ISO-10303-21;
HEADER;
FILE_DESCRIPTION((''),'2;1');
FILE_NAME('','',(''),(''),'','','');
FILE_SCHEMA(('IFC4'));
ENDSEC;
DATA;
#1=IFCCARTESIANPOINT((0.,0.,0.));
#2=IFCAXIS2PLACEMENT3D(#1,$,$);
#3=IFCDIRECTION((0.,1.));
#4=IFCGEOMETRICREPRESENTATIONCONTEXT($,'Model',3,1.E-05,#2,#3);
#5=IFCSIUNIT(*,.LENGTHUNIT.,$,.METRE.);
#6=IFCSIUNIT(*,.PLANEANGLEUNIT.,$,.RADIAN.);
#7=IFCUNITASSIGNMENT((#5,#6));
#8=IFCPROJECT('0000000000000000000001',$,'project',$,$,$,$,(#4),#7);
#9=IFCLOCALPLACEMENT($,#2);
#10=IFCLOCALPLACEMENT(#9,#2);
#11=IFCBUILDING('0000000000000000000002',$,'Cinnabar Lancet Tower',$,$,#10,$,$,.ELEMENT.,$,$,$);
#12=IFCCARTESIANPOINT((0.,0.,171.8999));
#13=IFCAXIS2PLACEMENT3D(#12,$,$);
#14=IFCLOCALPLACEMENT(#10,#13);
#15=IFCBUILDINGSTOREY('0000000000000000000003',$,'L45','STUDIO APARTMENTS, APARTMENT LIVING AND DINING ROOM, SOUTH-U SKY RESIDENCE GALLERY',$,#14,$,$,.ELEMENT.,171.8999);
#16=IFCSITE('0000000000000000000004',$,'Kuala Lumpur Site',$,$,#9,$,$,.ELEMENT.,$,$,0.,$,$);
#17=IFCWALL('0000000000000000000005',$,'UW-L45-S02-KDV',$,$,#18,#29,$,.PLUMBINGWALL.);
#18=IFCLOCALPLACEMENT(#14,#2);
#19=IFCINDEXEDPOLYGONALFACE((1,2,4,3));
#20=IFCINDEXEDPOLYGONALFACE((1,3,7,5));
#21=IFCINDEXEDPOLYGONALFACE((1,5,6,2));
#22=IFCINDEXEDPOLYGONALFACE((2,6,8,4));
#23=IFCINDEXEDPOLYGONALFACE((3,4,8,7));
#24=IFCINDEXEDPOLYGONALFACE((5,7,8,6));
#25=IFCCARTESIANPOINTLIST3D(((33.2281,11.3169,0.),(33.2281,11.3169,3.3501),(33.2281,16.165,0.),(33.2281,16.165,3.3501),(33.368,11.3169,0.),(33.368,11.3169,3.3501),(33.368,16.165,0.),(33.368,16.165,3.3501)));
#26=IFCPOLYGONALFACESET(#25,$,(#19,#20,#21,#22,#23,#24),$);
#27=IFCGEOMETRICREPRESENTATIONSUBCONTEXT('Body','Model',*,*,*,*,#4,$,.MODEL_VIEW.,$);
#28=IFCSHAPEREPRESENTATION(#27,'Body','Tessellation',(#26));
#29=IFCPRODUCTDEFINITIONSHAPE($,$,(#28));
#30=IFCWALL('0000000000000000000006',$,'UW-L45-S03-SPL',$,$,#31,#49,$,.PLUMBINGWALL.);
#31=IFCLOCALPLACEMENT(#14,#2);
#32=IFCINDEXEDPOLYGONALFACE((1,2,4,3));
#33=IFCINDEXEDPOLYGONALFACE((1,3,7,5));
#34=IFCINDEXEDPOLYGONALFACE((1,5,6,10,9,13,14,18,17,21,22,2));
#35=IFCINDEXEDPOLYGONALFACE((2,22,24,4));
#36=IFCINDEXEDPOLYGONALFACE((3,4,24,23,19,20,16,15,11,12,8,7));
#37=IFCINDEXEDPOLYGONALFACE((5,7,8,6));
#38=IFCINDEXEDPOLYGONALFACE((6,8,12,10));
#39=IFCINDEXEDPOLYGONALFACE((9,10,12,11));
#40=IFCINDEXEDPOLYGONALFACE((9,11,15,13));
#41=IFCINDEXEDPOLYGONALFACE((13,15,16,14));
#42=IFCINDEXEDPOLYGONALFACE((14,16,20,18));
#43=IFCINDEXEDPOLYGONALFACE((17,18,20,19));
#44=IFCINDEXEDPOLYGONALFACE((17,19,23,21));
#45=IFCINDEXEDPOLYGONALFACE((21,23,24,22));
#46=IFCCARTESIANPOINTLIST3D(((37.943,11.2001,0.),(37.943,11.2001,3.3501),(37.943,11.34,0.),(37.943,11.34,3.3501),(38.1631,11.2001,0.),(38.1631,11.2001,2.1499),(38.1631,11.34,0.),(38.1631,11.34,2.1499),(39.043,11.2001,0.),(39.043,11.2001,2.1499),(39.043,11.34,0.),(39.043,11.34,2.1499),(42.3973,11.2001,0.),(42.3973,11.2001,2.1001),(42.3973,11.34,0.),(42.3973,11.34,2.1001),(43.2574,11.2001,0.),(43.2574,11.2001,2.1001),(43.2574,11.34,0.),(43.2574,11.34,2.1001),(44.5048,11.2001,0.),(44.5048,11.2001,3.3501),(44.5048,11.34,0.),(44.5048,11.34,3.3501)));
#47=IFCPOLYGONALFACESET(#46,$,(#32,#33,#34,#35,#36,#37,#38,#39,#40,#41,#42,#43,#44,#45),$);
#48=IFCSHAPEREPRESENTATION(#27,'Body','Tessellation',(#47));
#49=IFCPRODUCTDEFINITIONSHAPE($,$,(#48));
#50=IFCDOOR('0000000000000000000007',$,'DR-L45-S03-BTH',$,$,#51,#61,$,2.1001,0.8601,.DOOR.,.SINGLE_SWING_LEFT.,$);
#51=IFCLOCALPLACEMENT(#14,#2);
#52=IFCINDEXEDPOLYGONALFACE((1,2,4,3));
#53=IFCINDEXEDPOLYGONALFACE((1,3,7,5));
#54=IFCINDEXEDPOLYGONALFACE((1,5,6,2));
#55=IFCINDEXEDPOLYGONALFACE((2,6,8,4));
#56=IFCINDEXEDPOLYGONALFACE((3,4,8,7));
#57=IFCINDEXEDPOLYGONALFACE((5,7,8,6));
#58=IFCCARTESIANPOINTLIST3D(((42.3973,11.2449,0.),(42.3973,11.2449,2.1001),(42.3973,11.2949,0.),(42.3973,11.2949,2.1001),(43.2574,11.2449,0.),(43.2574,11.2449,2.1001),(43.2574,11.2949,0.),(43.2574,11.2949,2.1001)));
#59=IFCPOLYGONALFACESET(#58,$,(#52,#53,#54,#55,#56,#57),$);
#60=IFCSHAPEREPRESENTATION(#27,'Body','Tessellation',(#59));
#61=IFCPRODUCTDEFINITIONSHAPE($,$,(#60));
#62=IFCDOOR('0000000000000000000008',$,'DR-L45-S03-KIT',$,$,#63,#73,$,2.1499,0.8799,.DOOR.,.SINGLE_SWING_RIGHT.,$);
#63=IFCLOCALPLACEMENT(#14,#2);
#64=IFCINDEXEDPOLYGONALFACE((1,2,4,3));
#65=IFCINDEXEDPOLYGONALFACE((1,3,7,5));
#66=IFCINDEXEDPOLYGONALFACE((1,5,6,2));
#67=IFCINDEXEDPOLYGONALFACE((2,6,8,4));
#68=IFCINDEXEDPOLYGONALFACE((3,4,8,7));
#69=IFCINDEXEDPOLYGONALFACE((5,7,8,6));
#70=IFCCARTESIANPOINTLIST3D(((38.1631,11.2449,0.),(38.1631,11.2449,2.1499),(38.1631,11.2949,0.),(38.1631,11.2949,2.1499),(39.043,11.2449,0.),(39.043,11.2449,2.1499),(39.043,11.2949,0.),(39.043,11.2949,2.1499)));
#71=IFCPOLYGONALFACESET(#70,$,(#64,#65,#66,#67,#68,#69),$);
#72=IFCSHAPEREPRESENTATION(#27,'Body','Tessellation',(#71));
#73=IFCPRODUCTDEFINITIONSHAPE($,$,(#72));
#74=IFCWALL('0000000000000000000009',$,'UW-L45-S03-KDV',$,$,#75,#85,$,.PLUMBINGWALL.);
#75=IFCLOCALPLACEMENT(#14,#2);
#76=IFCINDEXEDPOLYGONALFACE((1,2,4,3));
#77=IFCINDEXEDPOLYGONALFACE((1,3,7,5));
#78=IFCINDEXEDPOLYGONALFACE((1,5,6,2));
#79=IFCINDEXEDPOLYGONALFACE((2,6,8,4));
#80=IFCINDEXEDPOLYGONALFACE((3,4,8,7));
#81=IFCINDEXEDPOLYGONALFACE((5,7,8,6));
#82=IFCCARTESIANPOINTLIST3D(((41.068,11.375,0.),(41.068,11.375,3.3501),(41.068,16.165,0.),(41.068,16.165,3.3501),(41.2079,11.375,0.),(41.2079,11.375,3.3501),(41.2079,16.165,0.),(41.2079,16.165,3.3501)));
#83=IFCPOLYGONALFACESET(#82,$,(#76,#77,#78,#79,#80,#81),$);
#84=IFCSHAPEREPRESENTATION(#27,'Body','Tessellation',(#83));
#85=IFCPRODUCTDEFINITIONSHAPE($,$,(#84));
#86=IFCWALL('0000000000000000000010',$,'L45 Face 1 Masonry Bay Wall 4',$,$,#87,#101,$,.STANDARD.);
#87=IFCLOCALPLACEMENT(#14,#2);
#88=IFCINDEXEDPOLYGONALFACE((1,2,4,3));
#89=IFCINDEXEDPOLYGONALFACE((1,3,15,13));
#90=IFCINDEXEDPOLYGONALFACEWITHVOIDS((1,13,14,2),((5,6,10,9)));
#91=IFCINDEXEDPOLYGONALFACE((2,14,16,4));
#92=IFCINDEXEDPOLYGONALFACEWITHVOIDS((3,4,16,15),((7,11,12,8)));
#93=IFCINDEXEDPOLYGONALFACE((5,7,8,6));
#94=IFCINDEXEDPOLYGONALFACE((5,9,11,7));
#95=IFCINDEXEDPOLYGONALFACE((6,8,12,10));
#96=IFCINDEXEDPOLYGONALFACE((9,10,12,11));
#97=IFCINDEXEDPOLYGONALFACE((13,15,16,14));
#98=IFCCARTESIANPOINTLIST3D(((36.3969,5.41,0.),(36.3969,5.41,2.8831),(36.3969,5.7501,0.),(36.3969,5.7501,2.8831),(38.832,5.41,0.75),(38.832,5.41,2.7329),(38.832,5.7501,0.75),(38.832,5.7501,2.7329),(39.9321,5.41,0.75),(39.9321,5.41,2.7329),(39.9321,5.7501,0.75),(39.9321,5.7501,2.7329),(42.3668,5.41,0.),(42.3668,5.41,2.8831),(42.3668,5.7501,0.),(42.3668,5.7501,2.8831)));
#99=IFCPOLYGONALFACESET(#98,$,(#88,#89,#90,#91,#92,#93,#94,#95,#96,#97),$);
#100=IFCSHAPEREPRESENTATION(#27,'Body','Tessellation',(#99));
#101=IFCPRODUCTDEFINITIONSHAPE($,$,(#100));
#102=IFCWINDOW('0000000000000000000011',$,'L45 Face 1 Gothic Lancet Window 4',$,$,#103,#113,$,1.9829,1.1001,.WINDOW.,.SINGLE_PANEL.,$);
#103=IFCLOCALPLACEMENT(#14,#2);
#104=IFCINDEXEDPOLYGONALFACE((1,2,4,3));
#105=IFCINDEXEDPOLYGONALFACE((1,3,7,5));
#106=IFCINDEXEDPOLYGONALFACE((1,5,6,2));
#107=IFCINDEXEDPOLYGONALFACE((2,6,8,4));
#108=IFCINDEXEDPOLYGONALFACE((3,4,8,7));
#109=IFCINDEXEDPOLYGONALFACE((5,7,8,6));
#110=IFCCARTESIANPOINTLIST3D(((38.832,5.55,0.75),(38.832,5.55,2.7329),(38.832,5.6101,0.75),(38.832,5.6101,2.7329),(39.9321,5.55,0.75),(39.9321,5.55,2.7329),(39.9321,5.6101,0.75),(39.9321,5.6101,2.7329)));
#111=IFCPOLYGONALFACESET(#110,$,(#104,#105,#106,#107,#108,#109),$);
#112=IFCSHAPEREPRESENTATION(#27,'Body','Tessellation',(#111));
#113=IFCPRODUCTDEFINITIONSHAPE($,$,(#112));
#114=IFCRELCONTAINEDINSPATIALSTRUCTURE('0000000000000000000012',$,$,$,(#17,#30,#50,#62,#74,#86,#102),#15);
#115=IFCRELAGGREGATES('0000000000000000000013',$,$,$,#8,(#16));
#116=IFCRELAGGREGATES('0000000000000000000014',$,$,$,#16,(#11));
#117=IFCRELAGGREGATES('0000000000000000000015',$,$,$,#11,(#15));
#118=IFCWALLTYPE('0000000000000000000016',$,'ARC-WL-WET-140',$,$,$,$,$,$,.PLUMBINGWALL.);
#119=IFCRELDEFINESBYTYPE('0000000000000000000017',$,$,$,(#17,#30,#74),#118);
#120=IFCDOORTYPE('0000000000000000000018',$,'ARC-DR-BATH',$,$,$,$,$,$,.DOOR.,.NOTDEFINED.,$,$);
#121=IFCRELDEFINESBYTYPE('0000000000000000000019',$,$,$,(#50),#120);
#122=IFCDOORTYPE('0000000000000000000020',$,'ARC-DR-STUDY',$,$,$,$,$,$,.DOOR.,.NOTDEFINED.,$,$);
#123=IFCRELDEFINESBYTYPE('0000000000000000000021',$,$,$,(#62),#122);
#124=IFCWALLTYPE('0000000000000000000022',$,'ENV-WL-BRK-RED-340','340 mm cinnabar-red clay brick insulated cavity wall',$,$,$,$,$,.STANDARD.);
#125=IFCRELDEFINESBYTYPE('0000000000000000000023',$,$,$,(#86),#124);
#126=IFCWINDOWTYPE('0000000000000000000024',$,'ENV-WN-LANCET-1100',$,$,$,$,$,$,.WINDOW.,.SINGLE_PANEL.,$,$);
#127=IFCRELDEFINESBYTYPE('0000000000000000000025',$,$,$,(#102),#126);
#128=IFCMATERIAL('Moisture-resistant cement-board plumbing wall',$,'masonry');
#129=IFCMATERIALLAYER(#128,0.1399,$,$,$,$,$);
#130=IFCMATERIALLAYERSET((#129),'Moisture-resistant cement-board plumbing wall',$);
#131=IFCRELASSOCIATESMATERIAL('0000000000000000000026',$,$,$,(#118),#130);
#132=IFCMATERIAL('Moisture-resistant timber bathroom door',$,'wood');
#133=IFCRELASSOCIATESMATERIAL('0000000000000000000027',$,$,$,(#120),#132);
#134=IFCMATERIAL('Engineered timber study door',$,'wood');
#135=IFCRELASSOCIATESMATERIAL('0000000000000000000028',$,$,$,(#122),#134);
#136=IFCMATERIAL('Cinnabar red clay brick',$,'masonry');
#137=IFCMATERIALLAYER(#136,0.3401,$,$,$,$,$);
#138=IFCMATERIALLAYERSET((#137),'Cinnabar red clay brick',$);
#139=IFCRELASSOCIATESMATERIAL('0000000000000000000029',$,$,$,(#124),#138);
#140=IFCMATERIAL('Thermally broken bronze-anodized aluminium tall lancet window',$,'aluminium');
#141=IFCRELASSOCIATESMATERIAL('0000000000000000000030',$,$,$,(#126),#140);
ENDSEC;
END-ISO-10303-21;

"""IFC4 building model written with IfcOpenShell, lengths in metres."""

from ifc_helpers import new_model, si_unit, direction, frame, frame_2d, origin, place, context, subcontext, project, spatial, rectangle, extrude, material, layer, layer_set, type_object, element, fill, save


model = new_model("IFC4")

# Units and contexts
model_context = context("Model", 3, precision=1e-05, world=origin(), true_north=direction((0.0, 1.0)))
body_context = subcontext(model_context, "Body", "Model", "MODEL_VIEW")
ifc_project = project(units=[si_unit("LENGTHUNIT", "METRE"), si_unit("PLANEANGLEUNIT", "RADIAN")], contexts=[model_context])

# Site, building, storey
site_placement = place(None, origin())
site = spatial("IfcSite", under=ifc_project, at=site_placement, Name="Kuala Lumpur Site", CompositionType="ELEMENT", RefElevation=0.0)
building_placement = place(site_placement, origin())
building = spatial("IfcBuilding", under=site, at=building_placement, Name="Cinnabar Lancet Tower", CompositionType="ELEMENT")
storey_placement = place(building_placement, frame((0.0, 0.0, 171.8999)))
storey = spatial("IfcBuildingStorey", under=building, at=storey_placement, Name="L45", Description="STUDIO APARTMENTS, APARTMENT LIVING AND DINING ROOM, SOUTH-U SKY RESIDENCE GALLERY", CompositionType="ELEMENT", Elevation=171.8999)

# Shared definitions
ifc_material_1 = material(Name="Moisture-resistant cement-board plumbing wall", Category="masonry")
ifc_layer_1 = layer(ifc_material_1, 0.1399)
ifc_layer_set_1 = layer_set([ifc_layer_1], Name="Moisture-resistant cement-board plumbing wall")
wall_type_1 = type_object("IfcWallType", Name="ARC-WL-WET-140", PredefinedType="PLUMBINGWALL", material=ifc_layer_set_1)
ifc_material_2 = material(Name="Moisture-resistant timber bathroom door", Category="wood")
door_type_1 = type_object("IfcDoorType", Name="ARC-DR-BATH", OperationType="NOTDEFINED", PredefinedType="DOOR", material=ifc_material_2)
ifc_material_3 = material(Name="Engineered timber study door", Category="wood")
door_type_2 = type_object("IfcDoorType", Name="ARC-DR-STUDY", OperationType="NOTDEFINED", PredefinedType="DOOR", material=ifc_material_3)

# Wall
wall_1_placement = place(storey_placement, frame((33.2981, 11.3169, 0.0), z_axis=(0.0, 0.0, 1.0), x_axis=(0.0, 1.0, 0.0)))
element("IfcWall", 1, at=wall_1_placement, inside=storey, type_object=wall_type_1, Name="UW-L45-S02-KDV", PredefinedType="PLUMBINGWALL", context=body_context, shape_type="SweptSolid", body=[
    extrude(rectangle(XDim=4.8481, YDim=0.1399, at=frame_2d((2.4241, 0.0))), origin(), (0.0, 0.0, 1.0), 3.3501),
])

# Wall, openings, doors
wall_2_placement = place(storey_placement, frame((37.9431, 11.27, 0.0), z_axis=(0.0, 0.0, 1.0), x_axis=(1.0, 0.0, 0.0)))
wall_2 = element("IfcWall", 2, at=wall_2_placement, inside=storey, type_object=wall_type_1, Name="UW-L45-S03-SPL", PredefinedType="PLUMBINGWALL", context=body_context, shape_type="SweptSolid", body=[
    extrude(rectangle(XDim=6.5618, YDim=0.1399, at=frame_2d((3.2808, 0.0))), origin(), (0.0, 0.0, 1.0), 3.3501),
])
opening_1_placement = place(wall_2_placement, frame((4.4541, 0.0, 0.0)))
opening_1 = element("IfcOpeningElement", 3, at=opening_1_placement, cuts=wall_2, PredefinedType="OPENING", context=body_context, shape_type="SweptSolid", body=[
    extrude(rectangle(XDim=0.8601, YDim=2.1001, at=frame_2d((0.4302, 1.05))), frame((0.0, 0.0798, 0.0), z_axis=(0.0, -1.0, 0.0), x_axis=(1.0, 0.0, 0.0)), (0.0, 0.0, 1.0), 0.1599),
])
opening_2_placement = place(wall_2_placement, frame((0.22, 0.0, 0.0)))
opening_2 = element("IfcOpeningElement", 4, at=opening_2_placement, cuts=wall_2, PredefinedType="OPENING", context=body_context, shape_type="SweptSolid", body=[
    extrude(rectangle(XDim=0.8799, YDim=2.1499, at=frame_2d((0.4399, 1.075))), frame((0.0, 0.0798, 0.0), z_axis=(0.0, -1.0, 0.0), x_axis=(1.0, 0.0, 0.0)), (0.0, 0.0, 1.0), 0.1599),
])
door_1_placement = place(opening_1_placement, origin())
door_1 = element("IfcDoor", 5, at=door_1_placement, inside=storey, type_object=door_type_1, Name="DR-L45-S03-BTH", OperationType="SINGLE_SWING_LEFT", OverallHeight=2.1001, OverallWidth=0.8601, PredefinedType="DOOR", context=body_context, shape_type="SweptSolid", body=[
    extrude(rectangle(XDim=0.8601, YDim=2.1001, at=frame_2d((0.4302, 1.05))), frame((0.0, 0.0249, 0.0), z_axis=(0.0, -1.0, 0.0), x_axis=(1.0, 0.0, 0.0)), (0.0, 0.0, 1.0), 0.05),
])
fill(opening_1, door_1)
door_2_placement = place(opening_2_placement, origin())
door_2 = element("IfcDoor", 6, at=door_2_placement, inside=storey, type_object=door_type_2, Name="DR-L45-S03-KIT", OperationType="SINGLE_SWING_RIGHT", OverallHeight=2.1499, OverallWidth=0.8799, PredefinedType="DOOR", context=body_context, shape_type="SweptSolid", body=[
    extrude(rectangle(XDim=0.8799, YDim=2.1499, at=frame_2d((0.4399, 1.075))), frame((0.0, 0.0249, 0.0), z_axis=(0.0, -1.0, 0.0), x_axis=(1.0, 0.0, 0.0)), (0.0, 0.0, 1.0), 0.05),
])
fill(opening_2, door_2)

# Wall
wall_3_placement = place(storey_placement, frame((41.1379, 11.375, 0.0), z_axis=(0.0, 0.0, 1.0), x_axis=(0.0, 1.0, 0.0)))
element("IfcWall", 7, at=wall_3_placement, inside=storey, type_object=wall_type_1, Name="UW-L45-S03-KDV", PredefinedType="PLUMBINGWALL", context=body_context, shape_type="SweptSolid", body=[
    extrude(rectangle(XDim=4.79, YDim=0.1399, at=frame_2d((2.395, 0.0))), origin(), (0.0, 0.0, 1.0), 3.3501),
])

# Wall, opening, window
ifc_material_4 = material(Name="Cinnabar red clay brick", Category="masonry")
ifc_layer_2 = layer(ifc_material_4, 0.3401)
ifc_layer_set_2 = layer_set([ifc_layer_2], Name="Cinnabar red clay brick")
wall_type_2 = type_object("IfcWallType", Name="ENV-WL-BRK-RED-340", Description="340 mm cinnabar-red clay brick insulated cavity wall", PredefinedType="STANDARD", material=ifc_layer_set_2)
wall_4_placement = place(storey_placement, frame((36.397, 5.5801, 0.0), z_axis=(0.0, 0.0, 1.0), x_axis=(1.0, 0.0, 0.0)))
wall_4 = element("IfcWall", 8, at=wall_4_placement, inside=storey, type_object=wall_type_2, Name="L45 Face 1 Masonry Bay Wall 4", PredefinedType="STANDARD", context=body_context, shape_type="SweptSolid", body=[
    extrude(rectangle(XDim=5.97, YDim=0.3401, at=frame_2d((2.9849, 0.0))), origin(), (0.0, 0.0, 1.0), 2.8831),
])
opening_3_placement = place(wall_4_placement, frame((2.4351, 0.0, 0.75)))
opening_3 = element("IfcOpeningElement", 9, at=opening_3_placement, cuts=wall_4, PredefinedType="OPENING", context=body_context, shape_type="SweptSolid", body=[
    extrude(rectangle(XDim=1.1001, YDim=1.9829, at=frame_2d((0.55, 0.9915))), frame((0.0, 0.1799, 0.0), z_axis=(0.0, -1.0, 0.0), x_axis=(1.0, 0.0, 0.0)), (0.0, 0.0, 1.0), 0.3601),
])
ifc_material_5 = material(Name="Thermally broken bronze-anodized aluminium tall lancet window", Category="aluminium")
window_type = type_object("IfcWindowType", Name="ENV-WN-LANCET-1100", PartitioningType="SINGLE_PANEL", PredefinedType="WINDOW", material=ifc_material_5)
window_placement = place(opening_3_placement, origin())
window = element("IfcWindow", 10, at=window_placement, inside=storey, type_object=window_type, Name="L45 Face 1 Gothic Lancet Window 4", OverallHeight=1.9829, OverallWidth=1.1001, PartitioningType="SINGLE_PANEL", PredefinedType="WINDOW", context=body_context, shape_type="SweptSolid", body=[
    extrude(rectangle(XDim=1.1001, YDim=1.9829, at=frame_2d((0.55, 0.9915))), frame((0.0, 0.03, 0.0), z_axis=(0.0, -1.0, 0.0), x_axis=(1.0, 0.0, 0.0)), (0.0, 0.0, 1.0), 0.0601),
])
fill(opening_3, window)

save(model, "model.ifc")
